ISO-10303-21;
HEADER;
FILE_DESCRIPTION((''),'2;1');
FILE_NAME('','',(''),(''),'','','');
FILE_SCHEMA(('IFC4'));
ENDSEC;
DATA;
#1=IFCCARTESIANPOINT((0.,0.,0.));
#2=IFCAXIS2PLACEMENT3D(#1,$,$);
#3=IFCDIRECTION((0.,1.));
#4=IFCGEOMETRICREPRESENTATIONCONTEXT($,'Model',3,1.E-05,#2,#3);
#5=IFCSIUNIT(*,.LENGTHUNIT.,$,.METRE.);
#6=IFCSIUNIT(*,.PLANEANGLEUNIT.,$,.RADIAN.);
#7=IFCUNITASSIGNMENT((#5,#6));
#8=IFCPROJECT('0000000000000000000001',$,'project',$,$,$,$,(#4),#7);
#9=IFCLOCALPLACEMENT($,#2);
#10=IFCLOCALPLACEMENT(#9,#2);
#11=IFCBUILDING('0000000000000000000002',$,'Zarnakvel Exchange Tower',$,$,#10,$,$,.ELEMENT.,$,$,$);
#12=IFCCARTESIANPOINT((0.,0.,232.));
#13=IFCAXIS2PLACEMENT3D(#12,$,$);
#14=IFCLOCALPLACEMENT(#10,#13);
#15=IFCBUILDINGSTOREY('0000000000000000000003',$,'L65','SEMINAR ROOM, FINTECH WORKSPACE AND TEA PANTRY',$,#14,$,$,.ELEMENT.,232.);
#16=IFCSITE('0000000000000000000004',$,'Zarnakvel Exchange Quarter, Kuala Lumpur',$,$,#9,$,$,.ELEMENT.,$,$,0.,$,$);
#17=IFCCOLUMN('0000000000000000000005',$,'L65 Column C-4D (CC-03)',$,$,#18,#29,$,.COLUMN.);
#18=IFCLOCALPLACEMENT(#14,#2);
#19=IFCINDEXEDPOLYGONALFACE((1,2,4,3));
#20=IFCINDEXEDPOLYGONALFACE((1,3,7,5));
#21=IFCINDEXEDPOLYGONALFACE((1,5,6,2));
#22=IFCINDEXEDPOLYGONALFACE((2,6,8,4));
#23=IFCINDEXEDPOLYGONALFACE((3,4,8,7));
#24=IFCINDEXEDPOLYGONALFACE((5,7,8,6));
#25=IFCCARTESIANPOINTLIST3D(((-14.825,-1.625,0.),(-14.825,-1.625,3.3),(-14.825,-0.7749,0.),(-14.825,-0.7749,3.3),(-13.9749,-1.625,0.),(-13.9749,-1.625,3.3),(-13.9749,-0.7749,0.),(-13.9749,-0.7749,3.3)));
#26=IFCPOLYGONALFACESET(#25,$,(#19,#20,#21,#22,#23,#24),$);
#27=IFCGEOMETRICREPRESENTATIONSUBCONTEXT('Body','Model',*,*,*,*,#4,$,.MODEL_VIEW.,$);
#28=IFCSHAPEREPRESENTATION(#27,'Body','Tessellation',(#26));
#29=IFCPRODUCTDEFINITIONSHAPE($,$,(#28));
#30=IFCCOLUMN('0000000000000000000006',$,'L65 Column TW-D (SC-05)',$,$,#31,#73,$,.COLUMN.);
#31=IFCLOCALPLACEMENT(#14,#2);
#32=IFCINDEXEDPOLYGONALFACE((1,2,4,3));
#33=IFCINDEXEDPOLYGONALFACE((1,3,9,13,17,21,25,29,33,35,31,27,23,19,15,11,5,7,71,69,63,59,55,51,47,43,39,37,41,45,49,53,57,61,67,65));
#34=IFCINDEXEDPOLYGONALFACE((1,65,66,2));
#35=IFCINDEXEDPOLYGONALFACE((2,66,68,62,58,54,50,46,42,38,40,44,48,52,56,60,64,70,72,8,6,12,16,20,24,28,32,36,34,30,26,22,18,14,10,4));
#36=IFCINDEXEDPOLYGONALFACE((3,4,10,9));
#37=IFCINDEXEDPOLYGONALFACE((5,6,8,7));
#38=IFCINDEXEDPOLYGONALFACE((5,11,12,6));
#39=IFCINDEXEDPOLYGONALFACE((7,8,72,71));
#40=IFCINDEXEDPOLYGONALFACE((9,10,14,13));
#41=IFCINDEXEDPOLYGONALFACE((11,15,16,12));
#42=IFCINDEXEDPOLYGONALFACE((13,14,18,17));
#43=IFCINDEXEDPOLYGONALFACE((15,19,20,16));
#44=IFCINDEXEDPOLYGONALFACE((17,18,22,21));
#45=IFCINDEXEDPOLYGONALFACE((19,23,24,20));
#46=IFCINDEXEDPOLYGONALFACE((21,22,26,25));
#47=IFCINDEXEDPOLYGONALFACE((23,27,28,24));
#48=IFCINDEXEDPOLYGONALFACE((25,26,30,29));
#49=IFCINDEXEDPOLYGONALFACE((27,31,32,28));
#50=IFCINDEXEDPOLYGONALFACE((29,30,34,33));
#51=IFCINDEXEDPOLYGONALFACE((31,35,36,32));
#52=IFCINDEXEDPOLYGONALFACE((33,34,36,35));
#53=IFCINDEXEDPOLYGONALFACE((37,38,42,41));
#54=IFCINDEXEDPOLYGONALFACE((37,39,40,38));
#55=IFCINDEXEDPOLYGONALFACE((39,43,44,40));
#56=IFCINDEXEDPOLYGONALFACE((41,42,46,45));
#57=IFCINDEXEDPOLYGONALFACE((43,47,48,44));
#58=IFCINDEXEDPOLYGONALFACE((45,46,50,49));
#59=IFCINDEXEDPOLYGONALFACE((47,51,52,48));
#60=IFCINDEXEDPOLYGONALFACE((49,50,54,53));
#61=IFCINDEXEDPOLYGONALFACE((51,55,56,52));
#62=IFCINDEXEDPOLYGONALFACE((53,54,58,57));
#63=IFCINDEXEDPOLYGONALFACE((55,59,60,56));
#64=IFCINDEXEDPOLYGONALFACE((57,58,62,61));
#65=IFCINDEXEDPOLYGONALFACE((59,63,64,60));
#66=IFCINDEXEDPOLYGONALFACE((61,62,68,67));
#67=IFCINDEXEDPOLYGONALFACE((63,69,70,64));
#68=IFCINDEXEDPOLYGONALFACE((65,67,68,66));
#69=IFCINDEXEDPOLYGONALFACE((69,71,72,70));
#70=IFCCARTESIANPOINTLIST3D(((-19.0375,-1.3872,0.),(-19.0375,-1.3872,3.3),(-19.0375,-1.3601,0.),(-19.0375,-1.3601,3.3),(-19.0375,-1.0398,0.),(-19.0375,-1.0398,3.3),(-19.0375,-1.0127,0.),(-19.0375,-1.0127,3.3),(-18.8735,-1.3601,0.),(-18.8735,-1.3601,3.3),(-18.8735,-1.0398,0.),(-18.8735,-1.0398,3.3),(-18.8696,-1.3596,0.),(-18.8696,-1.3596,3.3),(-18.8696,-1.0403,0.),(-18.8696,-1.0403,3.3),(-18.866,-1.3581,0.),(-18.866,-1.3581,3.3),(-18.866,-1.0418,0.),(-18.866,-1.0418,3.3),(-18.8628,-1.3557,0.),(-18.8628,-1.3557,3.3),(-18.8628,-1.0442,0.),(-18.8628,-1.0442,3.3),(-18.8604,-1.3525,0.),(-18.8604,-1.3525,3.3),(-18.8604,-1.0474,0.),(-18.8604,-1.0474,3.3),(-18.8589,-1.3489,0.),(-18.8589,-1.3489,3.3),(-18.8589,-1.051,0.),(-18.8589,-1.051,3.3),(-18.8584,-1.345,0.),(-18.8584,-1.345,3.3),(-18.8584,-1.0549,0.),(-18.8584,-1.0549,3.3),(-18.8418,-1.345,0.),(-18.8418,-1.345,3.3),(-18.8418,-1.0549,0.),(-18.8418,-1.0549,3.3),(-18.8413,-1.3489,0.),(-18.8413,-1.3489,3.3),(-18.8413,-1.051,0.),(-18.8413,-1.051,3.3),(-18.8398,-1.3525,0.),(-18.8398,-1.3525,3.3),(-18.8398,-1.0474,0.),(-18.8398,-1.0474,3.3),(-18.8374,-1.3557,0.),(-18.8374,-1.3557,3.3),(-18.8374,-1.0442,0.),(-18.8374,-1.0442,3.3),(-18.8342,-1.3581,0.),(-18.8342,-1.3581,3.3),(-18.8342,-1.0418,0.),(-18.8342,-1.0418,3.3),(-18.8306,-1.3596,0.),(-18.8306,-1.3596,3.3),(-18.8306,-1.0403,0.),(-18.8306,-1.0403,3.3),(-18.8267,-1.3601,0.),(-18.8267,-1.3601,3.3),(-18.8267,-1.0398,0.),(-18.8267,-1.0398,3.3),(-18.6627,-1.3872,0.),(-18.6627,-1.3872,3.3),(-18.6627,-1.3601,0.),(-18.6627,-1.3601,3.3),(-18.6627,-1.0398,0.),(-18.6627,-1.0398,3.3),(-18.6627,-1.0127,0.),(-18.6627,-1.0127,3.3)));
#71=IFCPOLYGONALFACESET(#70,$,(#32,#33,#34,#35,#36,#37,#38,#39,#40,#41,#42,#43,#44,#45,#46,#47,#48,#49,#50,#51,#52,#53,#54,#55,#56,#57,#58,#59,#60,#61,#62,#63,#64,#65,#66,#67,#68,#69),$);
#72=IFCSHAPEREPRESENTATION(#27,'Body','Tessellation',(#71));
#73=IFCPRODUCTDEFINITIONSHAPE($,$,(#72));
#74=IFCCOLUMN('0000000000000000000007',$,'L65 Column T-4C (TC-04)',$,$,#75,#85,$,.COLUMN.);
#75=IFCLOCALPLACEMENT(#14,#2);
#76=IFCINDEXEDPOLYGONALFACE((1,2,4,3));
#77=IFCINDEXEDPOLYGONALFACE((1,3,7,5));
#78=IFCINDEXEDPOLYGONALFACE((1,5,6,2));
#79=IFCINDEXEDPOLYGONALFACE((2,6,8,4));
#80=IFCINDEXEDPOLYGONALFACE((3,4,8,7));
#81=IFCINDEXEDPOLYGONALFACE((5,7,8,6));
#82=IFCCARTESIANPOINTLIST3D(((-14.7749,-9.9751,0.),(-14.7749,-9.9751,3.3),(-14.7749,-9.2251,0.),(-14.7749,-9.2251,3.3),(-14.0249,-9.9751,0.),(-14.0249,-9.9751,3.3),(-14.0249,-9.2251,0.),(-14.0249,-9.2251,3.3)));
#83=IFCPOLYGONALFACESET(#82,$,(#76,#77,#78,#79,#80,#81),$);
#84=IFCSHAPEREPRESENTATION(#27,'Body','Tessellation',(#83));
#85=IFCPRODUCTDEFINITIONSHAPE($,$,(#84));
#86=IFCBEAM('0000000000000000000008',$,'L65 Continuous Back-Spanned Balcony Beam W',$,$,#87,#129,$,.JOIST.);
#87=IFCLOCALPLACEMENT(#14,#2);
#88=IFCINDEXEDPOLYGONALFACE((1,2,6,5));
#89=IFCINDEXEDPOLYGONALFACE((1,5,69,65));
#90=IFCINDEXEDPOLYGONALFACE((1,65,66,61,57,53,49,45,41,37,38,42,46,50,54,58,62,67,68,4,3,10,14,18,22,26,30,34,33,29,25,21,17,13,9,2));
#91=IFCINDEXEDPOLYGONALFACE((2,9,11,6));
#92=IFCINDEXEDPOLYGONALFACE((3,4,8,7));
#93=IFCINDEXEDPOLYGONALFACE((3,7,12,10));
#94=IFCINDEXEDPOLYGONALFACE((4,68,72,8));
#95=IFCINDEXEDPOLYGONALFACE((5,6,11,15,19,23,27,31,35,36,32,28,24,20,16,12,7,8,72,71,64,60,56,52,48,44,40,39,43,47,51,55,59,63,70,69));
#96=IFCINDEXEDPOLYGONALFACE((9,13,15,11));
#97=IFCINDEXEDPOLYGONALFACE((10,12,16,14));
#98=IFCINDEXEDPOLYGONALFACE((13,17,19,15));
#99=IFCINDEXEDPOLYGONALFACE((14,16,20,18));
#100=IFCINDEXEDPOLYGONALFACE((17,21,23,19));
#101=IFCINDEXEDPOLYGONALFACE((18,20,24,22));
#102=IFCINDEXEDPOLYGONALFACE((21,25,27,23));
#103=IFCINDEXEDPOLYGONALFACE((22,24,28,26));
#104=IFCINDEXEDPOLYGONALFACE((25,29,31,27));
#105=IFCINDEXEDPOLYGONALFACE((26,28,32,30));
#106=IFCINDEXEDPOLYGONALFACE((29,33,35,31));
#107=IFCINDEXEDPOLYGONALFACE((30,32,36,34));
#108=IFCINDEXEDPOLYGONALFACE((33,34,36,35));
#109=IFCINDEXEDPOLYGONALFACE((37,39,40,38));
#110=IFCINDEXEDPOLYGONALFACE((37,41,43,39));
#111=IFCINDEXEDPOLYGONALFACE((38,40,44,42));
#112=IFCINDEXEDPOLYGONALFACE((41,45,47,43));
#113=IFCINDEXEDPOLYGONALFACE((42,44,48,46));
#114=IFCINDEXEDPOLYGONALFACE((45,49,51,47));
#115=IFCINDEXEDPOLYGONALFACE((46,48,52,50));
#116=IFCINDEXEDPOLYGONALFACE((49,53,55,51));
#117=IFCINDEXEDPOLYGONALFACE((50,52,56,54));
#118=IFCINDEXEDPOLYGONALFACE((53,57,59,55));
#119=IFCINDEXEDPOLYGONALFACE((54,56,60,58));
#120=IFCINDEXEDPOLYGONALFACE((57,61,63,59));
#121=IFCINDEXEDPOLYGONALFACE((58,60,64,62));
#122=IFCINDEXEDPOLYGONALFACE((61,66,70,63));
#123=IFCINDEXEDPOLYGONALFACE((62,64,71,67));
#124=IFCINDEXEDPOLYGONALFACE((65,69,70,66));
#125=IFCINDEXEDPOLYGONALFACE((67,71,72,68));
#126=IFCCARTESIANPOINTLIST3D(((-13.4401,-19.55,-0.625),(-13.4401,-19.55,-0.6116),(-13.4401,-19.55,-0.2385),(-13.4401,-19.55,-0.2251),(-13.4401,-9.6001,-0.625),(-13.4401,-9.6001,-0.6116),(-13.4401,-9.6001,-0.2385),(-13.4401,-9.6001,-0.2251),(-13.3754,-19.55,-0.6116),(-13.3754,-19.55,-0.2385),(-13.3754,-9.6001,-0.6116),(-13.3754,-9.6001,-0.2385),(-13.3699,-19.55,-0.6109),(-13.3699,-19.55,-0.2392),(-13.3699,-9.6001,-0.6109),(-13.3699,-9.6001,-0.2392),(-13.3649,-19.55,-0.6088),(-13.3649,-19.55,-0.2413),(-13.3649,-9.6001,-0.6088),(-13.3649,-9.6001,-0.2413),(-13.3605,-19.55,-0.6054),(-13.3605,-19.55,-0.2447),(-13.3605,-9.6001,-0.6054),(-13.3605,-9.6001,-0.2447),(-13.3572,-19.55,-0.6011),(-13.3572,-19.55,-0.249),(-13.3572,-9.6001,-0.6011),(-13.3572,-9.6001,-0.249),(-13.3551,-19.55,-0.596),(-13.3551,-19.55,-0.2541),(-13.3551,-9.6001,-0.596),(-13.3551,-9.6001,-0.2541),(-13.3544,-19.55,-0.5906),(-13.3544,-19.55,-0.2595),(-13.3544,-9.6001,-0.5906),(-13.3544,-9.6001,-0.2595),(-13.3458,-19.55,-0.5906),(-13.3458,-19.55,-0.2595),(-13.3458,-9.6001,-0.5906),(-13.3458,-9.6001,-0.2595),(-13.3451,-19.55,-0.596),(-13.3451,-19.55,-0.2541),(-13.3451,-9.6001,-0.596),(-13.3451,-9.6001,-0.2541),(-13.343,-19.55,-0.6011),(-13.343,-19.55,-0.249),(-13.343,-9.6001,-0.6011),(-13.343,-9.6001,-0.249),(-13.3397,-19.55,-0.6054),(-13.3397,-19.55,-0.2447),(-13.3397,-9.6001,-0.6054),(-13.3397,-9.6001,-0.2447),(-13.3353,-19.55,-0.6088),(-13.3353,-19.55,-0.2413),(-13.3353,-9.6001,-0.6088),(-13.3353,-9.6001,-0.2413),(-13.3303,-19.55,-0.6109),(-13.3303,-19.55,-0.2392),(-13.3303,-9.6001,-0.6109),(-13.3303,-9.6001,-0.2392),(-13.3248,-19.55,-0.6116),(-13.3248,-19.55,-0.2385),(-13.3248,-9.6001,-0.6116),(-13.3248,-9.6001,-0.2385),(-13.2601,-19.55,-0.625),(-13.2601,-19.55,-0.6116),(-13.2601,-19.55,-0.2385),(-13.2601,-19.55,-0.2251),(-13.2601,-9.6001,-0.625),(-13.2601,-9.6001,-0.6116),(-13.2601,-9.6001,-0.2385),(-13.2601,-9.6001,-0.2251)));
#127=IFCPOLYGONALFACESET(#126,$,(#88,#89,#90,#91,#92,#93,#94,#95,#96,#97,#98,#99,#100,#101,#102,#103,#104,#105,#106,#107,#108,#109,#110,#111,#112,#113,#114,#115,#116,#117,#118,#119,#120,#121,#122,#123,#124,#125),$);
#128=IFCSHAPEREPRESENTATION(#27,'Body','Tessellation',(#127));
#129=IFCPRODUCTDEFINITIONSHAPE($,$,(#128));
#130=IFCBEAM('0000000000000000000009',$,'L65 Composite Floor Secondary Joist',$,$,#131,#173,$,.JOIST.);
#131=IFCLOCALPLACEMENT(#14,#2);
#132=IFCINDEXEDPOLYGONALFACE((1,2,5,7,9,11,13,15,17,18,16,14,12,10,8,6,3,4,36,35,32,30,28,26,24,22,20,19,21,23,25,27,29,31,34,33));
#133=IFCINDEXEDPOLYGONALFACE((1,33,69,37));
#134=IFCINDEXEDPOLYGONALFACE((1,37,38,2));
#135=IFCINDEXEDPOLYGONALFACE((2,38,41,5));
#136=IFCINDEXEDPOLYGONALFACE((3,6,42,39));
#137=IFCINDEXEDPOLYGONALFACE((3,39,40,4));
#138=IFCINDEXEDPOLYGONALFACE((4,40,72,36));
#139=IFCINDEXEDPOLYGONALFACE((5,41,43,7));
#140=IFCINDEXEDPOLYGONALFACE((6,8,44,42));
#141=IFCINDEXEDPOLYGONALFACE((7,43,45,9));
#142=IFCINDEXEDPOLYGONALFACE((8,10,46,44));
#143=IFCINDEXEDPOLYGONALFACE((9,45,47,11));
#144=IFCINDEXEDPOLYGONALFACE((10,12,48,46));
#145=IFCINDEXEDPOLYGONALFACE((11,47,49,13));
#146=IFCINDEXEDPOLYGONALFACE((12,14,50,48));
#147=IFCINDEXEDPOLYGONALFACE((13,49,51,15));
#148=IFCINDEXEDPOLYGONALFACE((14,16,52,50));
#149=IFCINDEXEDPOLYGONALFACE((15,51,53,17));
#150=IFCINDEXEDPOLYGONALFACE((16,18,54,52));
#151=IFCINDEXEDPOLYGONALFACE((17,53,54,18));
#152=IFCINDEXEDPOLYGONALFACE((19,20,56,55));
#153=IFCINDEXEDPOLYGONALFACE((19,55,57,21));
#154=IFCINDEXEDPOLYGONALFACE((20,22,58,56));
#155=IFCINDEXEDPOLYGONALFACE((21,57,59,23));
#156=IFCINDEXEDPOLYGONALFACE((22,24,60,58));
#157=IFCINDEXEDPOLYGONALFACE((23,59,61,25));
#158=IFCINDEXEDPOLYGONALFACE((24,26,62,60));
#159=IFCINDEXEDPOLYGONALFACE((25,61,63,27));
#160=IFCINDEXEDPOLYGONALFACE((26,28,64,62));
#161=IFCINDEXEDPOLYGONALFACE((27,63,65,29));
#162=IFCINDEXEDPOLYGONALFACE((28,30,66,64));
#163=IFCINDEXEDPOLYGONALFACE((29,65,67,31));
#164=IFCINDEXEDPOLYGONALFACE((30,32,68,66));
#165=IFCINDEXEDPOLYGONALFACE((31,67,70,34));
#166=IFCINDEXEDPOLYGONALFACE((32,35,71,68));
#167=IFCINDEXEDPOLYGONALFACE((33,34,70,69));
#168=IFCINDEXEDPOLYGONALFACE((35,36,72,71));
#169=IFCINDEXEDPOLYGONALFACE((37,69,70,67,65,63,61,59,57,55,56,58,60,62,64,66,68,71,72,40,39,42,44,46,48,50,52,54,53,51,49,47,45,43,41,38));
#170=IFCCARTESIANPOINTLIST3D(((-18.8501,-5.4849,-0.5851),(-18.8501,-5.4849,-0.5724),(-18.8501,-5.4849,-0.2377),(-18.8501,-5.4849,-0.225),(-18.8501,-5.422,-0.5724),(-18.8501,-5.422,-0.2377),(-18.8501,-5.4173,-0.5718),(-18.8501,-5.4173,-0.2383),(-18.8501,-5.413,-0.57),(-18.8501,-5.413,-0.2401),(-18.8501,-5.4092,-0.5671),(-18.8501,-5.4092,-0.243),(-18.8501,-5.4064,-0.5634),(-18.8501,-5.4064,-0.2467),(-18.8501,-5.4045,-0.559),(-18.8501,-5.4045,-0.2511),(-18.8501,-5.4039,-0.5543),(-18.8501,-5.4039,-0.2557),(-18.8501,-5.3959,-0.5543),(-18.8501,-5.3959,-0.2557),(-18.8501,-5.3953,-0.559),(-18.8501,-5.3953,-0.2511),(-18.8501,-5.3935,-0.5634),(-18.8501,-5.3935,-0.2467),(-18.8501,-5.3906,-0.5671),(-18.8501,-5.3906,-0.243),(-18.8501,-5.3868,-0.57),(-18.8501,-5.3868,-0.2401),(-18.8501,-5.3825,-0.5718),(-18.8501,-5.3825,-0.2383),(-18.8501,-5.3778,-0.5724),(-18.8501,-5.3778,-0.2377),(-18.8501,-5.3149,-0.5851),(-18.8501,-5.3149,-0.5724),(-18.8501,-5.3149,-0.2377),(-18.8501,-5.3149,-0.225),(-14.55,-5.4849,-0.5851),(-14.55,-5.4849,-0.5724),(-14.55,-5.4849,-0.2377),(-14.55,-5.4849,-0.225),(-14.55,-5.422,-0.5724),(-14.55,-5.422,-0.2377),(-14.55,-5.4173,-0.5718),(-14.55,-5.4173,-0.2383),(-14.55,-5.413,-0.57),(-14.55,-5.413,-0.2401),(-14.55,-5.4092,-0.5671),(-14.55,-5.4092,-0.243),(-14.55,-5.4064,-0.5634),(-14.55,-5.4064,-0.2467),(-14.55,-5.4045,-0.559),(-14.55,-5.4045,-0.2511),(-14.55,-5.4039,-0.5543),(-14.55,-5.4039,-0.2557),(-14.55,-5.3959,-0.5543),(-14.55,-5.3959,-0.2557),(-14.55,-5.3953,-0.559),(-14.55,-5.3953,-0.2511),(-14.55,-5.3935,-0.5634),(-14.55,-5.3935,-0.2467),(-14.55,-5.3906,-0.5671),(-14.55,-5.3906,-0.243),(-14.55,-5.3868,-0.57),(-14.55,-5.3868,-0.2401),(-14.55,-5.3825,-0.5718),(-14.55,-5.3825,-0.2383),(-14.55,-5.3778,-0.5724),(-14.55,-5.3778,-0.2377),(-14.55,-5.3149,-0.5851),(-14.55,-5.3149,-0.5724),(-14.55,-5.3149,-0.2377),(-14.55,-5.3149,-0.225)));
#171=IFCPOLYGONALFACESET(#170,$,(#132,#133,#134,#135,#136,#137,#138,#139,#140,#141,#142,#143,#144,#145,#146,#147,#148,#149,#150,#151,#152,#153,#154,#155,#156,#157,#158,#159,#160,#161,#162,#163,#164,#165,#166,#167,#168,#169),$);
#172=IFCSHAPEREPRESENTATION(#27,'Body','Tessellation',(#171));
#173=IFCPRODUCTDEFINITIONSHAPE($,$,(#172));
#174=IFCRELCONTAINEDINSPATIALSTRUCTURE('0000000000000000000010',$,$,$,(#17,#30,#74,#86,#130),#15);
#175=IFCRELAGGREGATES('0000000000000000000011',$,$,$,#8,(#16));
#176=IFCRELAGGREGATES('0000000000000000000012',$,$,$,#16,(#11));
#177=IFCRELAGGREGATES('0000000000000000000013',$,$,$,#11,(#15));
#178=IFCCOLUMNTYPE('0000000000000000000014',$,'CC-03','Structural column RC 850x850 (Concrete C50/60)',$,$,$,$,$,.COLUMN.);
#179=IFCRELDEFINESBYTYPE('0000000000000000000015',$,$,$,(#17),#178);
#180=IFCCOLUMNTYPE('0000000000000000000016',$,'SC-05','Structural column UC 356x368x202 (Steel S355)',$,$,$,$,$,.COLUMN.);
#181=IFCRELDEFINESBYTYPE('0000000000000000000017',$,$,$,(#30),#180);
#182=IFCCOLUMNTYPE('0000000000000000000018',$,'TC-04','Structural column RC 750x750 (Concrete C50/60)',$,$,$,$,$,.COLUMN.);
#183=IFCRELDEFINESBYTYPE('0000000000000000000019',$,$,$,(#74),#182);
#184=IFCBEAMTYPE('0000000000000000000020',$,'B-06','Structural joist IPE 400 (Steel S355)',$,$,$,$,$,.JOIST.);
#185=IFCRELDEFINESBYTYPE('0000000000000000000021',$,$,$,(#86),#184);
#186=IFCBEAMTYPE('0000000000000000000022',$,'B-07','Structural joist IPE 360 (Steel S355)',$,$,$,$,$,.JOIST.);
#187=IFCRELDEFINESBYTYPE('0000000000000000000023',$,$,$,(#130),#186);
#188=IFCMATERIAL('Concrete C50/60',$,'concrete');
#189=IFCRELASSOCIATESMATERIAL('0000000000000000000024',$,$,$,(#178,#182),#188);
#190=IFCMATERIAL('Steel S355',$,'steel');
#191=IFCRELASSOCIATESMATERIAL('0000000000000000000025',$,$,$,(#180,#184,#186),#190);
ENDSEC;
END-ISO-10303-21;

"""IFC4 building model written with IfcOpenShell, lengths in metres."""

from ifc_helpers import new_model, si_unit, direction, frame, origin, origin_2d, place, context, subcontext, project, spatial, rectangle, i_section, extrude, material, material_profile, profile_set, type_object, element, save


model = new_model("IFC4")

# Units and contexts
model_context = context("Model", 3, precision=1e-05, world=origin(), true_north=direction((0.0, 1.0)))
body_context = subcontext(model_context, "Body", "Model", "MODEL_VIEW")
ifc_project = project(units=[si_unit("LENGTHUNIT", "METRE"), si_unit("PLANEANGLEUNIT", "RADIAN")], contexts=[model_context])

# Site, building, storey
site_placement = place(None, origin())
site = spatial("IfcSite", under=ifc_project, at=site_placement, Name="Zarnakvel Exchange Quarter, Kuala Lumpur", CompositionType="ELEMENT", RefElevation=0.0)
building_placement = place(site_placement, origin())
building = spatial("IfcBuilding", under=site, at=building_placement, Name="Zarnakvel Exchange Tower", CompositionType="ELEMENT")
storey_placement = place(building_placement, frame((0.0, 0.0, 232.0)))
storey = spatial("IfcBuildingStorey", under=building, at=storey_placement, Name="L65", Description="SEMINAR ROOM, FINTECH WORKSPACE AND TEA PANTRY", CompositionType="ELEMENT", Elevation=232.0)

# Columns
ifc_material_1 = material(Name="Concrete C50/60", Category="concrete")
ifc_material_profile_1 = material_profile(ifc_material_1, rectangle(XDim=0.8501, YDim=0.8501, at=origin_2d()))
ifc_profile_set_1 = profile_set([ifc_material_profile_1], Name="Concrete C50/60")
column_type_1 = type_object("IfcColumnType", Name="CC-03", Description="Structural column RC 850x850 (Concrete C50/60)", PredefinedType="COLUMN", material=ifc_profile_set_1)
column_1_placement = place(storey_placement, frame((-14.3999, -1.2, 0.0), z_axis=(0.0, 0.0, 1.0), x_axis=(1.0, 0.0, 0.0)))
element("IfcColumn", 1, at=column_1_placement, inside=storey, type_object=column_type_1, Name="L65 Column C-4D (CC-03)", PredefinedType="COLUMN", context=body_context, shape_type="SweptSolid", body=[
    extrude(rectangle(XDim=0.8501, YDim=0.8501, at=origin_2d()), origin(), (0.0, 0.0, 1.0), 3.3),
])
ifc_material_2 = material(Name="Steel S355", Category="steel")
ifc_material_profile_2 = material_profile(ifc_material_2, i_section(OverallWidth=0.3748, OverallDepth=0.3745, WebThickness=0.0166, FlangeThickness=0.0271, FilletRadius=0.0151, at=origin_2d()))
ifc_profile_set_2 = profile_set([ifc_material_profile_2], Name="Steel S355")
column_type_2 = type_object("IfcColumnType", Name="SC-05", Description="Structural column UC 356x368x202 (Steel S355)", PredefinedType="COLUMN", material=ifc_profile_set_2)
column_2_placement = place(storey_placement, frame((-18.8501, -1.2, 0.0), z_axis=(0.0, 0.0, 1.0), x_axis=(1.0, 0.0, 0.0)))
element("IfcColumn", 2, at=column_2_placement, inside=storey, type_object=column_type_2, Name="L65 Column TW-D (SC-05)", PredefinedType="COLUMN", context=body_context, shape_type="SweptSolid", body=[
    extrude(i_section(OverallWidth=0.3748, OverallDepth=0.3745, WebThickness=0.0166, FlangeThickness=0.0271, FilletRadius=0.0151, at=origin_2d()), origin(), (0.0, 0.0, 1.0), 3.3),
])
ifc_material_profile_3 = material_profile(ifc_material_1, rectangle(XDim=0.75, YDim=0.75, at=origin_2d()))
ifc_profile_set_3 = profile_set([ifc_material_profile_3], Name="Concrete C50/60")
column_type_3 = type_object("IfcColumnType", Name="TC-04", Description="Structural column RC 750x750 (Concrete C50/60)", PredefinedType="COLUMN", material=ifc_profile_set_3)
column_3_placement = place(storey_placement, frame((-14.3999, -9.6001, 0.0), z_axis=(0.0, 0.0, 1.0), x_axis=(1.0, 0.0, 0.0)))
element("IfcColumn", 3, at=column_3_placement, inside=storey, type_object=column_type_3, Name="L65 Column T-4C (TC-04)", PredefinedType="COLUMN", context=body_context, shape_type="SweptSolid", body=[
    extrude(rectangle(XDim=0.75, YDim=0.75, at=origin_2d()), origin(), (0.0, 0.0, 1.0), 3.3),
])

# Beams
ifc_material_profile_4 = material_profile(ifc_material_2, i_section(OverallWidth=0.1799, OverallDepth=0.3999, WebThickness=0.0085, FlangeThickness=0.0134, FilletRadius=0.021, at=origin_2d()))
ifc_profile_set_4 = profile_set([ifc_material_profile_4], Name="Steel S355")
beam_type_1 = type_object("IfcBeamType", Name="B-06", Description="Structural joist IPE 400 (Steel S355)", PredefinedType="JOIST", material=ifc_profile_set_4)
beam_1_placement = place(storey_placement, frame((-13.3501, -9.6001, -0.425), z_axis=(0.0, -1.0, 0.0), x_axis=(1.0, 0.0, 0.0)))
element("IfcBeam", 4, at=beam_1_placement, inside=storey, type_object=beam_type_1, Name="L65 Continuous Back-Spanned Balcony Beam W", PredefinedType="JOIST", context=body_context, shape_type="SweptSolid", body=[
    extrude(i_section(OverallWidth=0.1799, OverallDepth=0.3999, WebThickness=0.0085, FlangeThickness=0.0134, FilletRadius=0.021, at=origin_2d()), origin(), (0.0, 0.0, 1.0), 9.95),
])
ifc_material_profile_5 = material_profile(ifc_material_2, i_section(OverallWidth=0.1699, OverallDepth=0.3601, WebThickness=0.0081, FlangeThickness=0.0127, FilletRadius=0.0181, at=origin_2d()))
ifc_profile_set_5 = profile_set([ifc_material_profile_5], Name="Steel S355")
beam_type_2 = type_object("IfcBeamType", Name="B-07", Description="Structural joist IPE 360 (Steel S355)", PredefinedType="JOIST", material=ifc_profile_set_5)
beam_2_placement = place(storey_placement, frame((-18.8501, -5.3999, -0.405), z_axis=(1.0, 0.0, 0.0), x_axis=(0.0, 1.0, 0.0)))
element("IfcBeam", 5, at=beam_2_placement, inside=storey, type_object=beam_type_2, Name="L65 Composite Floor Secondary Joist", PredefinedType="JOIST", context=body_context, shape_type="SweptSolid", body=[
    extrude(i_section(OverallWidth=0.1699, OverallDepth=0.3601, WebThickness=0.0081, FlangeThickness=0.0127, FilletRadius=0.0181, at=origin_2d()), origin(), (0.0, 0.0, 1.0), 4.3),
])

save(model, "model.ifc")
